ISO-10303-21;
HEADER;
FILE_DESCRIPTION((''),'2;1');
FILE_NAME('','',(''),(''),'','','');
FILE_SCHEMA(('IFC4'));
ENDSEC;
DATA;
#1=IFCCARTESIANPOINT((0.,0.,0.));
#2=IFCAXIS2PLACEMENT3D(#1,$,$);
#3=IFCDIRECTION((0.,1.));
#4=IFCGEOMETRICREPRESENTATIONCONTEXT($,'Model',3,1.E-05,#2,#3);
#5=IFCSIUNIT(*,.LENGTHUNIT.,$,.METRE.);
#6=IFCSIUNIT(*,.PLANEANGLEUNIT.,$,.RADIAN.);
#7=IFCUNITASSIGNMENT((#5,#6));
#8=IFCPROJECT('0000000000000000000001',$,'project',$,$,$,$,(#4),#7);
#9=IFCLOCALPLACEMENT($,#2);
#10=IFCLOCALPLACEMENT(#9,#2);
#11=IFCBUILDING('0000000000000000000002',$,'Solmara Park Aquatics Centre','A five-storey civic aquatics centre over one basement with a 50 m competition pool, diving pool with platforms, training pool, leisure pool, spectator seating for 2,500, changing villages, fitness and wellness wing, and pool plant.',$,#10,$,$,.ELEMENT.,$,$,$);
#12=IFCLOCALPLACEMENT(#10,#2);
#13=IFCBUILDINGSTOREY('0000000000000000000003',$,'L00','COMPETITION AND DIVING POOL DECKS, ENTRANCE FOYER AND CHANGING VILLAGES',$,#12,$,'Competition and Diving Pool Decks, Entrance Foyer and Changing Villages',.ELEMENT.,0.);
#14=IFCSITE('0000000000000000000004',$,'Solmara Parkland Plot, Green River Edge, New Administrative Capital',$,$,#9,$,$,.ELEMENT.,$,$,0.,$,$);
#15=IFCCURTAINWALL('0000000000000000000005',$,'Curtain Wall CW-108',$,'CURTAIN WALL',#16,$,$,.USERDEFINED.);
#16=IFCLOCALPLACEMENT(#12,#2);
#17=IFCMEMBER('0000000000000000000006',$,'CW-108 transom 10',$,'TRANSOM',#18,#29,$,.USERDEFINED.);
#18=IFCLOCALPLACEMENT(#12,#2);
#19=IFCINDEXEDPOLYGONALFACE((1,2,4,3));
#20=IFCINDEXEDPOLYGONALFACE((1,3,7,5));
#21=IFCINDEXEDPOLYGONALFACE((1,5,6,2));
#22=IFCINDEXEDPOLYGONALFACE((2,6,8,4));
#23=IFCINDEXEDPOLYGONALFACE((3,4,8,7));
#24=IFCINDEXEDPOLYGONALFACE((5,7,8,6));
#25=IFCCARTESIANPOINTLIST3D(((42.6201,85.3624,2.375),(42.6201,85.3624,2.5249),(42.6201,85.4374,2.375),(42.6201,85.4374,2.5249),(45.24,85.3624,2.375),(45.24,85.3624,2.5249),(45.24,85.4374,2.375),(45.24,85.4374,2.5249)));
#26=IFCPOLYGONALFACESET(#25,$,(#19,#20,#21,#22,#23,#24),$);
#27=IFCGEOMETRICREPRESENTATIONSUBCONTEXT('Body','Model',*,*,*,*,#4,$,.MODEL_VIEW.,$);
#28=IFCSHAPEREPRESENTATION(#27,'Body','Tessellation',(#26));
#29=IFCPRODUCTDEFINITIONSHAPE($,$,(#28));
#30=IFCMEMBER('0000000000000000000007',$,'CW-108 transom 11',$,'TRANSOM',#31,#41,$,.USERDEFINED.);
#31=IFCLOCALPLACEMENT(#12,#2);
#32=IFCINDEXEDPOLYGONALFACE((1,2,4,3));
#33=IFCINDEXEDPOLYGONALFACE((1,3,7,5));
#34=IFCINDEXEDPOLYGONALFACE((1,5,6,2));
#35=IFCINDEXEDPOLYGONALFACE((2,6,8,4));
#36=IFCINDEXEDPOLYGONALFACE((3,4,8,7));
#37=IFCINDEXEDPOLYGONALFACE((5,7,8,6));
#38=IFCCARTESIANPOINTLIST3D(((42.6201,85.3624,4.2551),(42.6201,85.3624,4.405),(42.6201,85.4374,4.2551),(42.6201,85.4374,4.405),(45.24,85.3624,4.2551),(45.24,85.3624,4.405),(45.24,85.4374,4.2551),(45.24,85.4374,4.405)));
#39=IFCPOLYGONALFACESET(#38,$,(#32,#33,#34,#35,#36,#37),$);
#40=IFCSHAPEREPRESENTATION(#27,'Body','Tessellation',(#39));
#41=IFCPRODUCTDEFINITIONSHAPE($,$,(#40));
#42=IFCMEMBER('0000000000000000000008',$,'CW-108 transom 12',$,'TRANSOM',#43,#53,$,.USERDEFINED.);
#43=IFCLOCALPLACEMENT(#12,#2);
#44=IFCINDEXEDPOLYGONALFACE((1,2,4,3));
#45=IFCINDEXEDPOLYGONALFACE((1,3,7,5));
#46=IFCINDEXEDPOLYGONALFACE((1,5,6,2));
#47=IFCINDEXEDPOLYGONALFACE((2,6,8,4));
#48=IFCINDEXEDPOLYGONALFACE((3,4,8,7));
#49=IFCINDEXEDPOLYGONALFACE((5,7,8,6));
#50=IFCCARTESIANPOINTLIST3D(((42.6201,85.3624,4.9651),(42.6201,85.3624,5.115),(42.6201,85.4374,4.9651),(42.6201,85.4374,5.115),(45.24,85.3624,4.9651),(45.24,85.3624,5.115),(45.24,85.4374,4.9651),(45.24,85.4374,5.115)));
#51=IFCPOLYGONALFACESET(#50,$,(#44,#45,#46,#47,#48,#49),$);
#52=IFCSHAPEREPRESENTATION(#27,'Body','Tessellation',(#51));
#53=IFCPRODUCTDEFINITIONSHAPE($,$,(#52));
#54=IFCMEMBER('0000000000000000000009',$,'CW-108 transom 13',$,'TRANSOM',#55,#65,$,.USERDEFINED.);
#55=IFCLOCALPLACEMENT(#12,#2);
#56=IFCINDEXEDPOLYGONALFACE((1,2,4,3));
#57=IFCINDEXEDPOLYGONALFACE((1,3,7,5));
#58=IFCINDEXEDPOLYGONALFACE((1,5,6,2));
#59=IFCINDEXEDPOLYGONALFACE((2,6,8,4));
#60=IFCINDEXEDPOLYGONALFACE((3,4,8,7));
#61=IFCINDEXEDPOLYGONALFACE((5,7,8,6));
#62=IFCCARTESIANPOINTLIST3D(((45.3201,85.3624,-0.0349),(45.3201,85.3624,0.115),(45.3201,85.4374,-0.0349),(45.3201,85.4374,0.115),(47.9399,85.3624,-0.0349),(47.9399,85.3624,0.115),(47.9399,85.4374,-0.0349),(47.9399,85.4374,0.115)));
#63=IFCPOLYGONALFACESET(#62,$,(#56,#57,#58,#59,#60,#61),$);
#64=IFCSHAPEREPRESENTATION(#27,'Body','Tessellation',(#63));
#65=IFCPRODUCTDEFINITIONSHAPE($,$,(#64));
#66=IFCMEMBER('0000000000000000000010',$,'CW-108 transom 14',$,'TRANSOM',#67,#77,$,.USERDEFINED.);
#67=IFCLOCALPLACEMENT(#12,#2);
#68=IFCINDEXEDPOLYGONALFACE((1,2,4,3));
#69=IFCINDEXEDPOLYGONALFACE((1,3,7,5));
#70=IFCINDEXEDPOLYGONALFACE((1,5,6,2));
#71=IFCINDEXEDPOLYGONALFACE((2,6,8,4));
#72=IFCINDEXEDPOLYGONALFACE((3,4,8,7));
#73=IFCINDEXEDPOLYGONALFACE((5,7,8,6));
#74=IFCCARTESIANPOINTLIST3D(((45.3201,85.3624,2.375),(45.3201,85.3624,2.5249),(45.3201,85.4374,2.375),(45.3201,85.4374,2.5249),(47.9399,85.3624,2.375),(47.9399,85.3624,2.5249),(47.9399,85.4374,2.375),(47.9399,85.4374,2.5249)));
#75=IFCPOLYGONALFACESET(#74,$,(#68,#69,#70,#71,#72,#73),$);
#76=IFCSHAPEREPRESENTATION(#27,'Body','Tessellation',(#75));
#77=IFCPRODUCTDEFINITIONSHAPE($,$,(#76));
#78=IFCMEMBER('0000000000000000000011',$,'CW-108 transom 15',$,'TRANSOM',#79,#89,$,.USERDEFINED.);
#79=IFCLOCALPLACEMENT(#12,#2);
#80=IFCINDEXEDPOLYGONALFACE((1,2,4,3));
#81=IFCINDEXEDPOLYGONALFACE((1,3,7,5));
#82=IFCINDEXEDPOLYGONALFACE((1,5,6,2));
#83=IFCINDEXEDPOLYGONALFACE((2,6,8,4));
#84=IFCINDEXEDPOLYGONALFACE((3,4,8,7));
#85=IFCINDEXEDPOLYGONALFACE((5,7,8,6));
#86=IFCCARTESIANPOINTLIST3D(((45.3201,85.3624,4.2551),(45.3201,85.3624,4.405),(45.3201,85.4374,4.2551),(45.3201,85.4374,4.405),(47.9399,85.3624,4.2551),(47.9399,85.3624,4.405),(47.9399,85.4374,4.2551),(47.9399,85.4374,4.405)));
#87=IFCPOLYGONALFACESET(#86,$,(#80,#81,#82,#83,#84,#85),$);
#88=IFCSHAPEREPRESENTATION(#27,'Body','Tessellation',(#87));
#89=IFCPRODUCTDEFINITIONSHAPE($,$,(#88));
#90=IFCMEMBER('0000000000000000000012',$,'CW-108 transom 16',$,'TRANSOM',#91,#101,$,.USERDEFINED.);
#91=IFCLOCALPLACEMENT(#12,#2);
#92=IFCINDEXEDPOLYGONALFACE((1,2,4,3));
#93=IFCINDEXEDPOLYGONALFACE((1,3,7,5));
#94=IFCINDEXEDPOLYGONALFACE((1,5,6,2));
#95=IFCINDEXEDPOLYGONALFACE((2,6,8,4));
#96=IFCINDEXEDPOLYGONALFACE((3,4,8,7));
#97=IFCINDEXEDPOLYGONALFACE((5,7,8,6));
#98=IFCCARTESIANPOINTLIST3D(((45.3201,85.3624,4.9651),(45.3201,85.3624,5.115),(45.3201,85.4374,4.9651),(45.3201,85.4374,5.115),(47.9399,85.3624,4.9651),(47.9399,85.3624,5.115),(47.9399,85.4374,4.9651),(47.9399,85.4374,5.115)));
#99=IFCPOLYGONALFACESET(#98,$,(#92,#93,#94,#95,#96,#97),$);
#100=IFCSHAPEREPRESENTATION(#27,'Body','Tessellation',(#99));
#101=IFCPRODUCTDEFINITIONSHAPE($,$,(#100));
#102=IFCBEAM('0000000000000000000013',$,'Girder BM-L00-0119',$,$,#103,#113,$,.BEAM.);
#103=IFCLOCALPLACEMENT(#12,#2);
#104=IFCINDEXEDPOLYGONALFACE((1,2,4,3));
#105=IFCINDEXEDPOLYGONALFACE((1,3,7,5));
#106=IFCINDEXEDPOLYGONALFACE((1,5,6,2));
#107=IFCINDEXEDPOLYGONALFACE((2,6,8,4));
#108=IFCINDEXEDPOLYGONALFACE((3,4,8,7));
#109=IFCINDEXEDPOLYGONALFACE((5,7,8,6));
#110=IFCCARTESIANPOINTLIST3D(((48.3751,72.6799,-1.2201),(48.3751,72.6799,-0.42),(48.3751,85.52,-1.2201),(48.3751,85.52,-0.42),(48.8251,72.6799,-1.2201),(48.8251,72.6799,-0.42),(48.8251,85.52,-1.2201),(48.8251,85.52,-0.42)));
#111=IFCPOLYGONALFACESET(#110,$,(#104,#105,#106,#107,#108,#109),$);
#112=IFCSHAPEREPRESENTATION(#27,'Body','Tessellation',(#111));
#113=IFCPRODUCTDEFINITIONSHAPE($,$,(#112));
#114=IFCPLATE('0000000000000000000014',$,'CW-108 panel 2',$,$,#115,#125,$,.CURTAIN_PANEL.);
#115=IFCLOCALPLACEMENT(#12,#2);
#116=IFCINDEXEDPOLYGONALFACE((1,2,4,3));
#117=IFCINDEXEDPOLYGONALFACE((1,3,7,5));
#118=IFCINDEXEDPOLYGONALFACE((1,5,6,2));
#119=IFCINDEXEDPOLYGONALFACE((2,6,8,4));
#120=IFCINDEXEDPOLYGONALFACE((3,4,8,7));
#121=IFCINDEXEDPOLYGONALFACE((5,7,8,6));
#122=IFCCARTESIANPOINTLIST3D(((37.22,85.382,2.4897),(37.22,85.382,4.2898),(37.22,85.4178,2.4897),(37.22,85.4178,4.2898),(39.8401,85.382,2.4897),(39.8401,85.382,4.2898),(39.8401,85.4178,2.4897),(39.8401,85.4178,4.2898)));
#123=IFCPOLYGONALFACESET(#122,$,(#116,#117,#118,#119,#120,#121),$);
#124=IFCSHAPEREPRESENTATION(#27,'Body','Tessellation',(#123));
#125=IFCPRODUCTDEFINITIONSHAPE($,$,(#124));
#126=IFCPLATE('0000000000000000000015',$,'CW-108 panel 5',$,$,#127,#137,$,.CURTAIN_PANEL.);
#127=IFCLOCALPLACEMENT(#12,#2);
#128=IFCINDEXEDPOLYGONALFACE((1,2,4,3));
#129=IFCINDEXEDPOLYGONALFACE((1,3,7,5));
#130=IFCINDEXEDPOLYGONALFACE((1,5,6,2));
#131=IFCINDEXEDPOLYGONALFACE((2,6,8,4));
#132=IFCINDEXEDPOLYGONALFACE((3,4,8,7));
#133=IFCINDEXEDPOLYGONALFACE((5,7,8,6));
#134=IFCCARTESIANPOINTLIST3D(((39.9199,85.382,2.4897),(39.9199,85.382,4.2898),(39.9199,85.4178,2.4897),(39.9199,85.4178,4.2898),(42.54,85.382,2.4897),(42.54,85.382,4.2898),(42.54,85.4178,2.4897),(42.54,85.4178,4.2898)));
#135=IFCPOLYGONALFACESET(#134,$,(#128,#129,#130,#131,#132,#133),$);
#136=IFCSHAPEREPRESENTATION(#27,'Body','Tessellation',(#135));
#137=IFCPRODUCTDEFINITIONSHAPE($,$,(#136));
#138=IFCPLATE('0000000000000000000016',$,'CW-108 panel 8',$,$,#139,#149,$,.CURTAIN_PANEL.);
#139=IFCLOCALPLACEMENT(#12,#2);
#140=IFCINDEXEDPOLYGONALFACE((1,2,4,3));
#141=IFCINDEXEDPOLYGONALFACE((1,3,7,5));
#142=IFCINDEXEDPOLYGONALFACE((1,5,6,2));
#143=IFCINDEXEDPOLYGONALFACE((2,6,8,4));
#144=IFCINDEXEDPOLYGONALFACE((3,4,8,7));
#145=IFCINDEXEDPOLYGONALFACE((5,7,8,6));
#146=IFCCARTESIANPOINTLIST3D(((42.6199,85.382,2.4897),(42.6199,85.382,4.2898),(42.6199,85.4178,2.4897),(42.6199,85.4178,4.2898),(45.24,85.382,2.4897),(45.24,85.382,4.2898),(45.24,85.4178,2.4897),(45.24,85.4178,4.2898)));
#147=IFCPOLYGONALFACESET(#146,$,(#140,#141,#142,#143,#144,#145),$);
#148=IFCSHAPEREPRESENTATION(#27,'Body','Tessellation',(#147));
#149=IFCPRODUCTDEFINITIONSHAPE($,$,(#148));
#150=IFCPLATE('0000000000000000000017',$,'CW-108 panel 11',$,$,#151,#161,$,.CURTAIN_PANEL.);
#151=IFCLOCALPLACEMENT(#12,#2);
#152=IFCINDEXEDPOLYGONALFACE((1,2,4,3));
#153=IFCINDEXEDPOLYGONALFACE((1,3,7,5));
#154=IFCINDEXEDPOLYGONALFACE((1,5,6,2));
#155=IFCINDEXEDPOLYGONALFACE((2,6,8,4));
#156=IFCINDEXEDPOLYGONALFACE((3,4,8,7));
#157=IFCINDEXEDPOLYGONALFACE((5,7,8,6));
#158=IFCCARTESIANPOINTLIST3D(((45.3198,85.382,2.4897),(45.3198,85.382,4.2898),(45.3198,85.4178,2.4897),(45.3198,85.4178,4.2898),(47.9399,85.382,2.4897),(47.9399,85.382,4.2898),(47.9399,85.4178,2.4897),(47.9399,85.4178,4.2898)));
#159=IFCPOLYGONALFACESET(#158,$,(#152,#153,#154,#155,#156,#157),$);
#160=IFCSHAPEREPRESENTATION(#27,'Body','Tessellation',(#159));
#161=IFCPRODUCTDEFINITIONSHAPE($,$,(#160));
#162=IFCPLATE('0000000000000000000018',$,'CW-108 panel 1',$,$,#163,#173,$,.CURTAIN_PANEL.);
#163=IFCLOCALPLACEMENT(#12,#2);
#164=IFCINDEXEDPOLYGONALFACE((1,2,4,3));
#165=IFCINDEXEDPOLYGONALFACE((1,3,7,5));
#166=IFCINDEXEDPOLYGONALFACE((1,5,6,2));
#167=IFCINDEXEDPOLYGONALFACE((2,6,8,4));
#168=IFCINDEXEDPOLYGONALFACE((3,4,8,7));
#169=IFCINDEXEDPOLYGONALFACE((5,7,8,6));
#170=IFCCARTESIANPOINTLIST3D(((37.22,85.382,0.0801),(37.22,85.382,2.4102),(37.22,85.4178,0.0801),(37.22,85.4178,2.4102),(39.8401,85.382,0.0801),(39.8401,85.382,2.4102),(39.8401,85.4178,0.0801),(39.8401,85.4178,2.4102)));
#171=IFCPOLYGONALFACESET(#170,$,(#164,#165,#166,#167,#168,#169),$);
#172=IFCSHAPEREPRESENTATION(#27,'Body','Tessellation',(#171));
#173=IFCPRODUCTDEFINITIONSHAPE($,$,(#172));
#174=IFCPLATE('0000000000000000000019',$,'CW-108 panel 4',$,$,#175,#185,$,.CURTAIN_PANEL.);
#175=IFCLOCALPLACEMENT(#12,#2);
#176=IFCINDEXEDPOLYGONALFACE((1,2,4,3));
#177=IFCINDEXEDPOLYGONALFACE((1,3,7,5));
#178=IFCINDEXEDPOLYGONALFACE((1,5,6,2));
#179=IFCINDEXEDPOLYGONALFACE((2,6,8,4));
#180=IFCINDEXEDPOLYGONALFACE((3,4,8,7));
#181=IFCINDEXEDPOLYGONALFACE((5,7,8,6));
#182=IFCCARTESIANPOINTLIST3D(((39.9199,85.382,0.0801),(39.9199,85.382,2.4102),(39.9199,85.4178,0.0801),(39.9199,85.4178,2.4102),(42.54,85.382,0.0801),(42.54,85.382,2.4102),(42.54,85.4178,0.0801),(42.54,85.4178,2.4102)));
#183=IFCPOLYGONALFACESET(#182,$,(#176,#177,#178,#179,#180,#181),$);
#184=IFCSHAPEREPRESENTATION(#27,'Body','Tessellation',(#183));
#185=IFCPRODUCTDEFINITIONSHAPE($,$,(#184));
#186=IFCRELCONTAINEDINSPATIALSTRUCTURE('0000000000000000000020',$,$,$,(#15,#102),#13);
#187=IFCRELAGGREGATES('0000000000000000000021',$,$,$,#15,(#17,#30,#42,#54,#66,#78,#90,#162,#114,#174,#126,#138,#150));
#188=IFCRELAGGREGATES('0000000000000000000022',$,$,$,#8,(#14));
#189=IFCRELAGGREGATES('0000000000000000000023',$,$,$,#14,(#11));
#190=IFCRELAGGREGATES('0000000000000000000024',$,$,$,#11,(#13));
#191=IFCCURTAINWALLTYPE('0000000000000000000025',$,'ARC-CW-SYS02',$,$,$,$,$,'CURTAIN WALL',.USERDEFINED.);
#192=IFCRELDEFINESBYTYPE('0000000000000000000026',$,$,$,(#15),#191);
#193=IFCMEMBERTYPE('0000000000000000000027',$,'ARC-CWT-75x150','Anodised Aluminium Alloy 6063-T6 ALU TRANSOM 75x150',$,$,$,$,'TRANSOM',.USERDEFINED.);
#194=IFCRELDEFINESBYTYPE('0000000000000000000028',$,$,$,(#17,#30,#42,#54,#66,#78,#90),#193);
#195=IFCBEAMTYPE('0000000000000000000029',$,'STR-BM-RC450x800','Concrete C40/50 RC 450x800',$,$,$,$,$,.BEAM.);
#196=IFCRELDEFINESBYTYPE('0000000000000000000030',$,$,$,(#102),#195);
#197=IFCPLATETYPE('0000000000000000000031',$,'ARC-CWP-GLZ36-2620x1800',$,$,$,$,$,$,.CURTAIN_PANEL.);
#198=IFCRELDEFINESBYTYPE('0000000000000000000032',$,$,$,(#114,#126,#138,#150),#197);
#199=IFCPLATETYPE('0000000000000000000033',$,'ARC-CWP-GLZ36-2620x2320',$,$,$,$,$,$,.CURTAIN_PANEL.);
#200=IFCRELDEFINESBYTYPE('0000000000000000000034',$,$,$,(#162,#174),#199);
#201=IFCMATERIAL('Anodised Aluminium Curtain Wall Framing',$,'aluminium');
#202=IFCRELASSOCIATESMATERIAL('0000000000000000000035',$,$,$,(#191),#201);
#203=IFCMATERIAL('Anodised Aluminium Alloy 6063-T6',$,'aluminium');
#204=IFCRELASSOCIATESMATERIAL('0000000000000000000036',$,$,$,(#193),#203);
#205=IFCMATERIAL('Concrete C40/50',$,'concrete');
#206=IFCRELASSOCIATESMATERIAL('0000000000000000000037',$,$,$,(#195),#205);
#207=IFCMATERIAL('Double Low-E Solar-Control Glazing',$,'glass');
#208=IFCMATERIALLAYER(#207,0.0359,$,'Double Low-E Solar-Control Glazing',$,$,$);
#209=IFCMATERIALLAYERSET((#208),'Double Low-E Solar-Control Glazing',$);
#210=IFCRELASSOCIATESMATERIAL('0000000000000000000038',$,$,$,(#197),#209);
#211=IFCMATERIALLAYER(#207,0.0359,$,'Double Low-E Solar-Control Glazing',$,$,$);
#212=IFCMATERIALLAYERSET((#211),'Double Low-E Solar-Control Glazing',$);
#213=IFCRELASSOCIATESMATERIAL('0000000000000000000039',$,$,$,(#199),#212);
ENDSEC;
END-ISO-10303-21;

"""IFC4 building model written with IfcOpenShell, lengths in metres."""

from ifc_helpers import new_model, si_unit, direction, frame, origin, origin_2d, place, context, subcontext, project, spatial, rectangle, extrude, material, layer, layer_set, material_profile, profile_set, type_object, element, aggregate, save


model = new_model("IFC4")

# Units and contexts
model_context = context("Model", 3, precision=1e-05, world=origin(), true_north=direction((0.0, 1.0)))
body_context = subcontext(model_context, "Body", "Model", "MODEL_VIEW")
ifc_project = project(units=[si_unit("LENGTHUNIT", "METRE"), si_unit("PLANEANGLEUNIT", "RADIAN")], contexts=[model_context])

# Site, building, storey
site_placement = place(None, origin())
site = spatial("IfcSite", under=ifc_project, at=site_placement, Name="Solmara Parkland Plot, Green River Edge, New Administrative Capital", CompositionType="ELEMENT", RefElevation=0.0)
building_placement = place(site_placement, origin())
building = spatial("IfcBuilding", under=site, at=building_placement, Name="Solmara Park Aquatics Centre", Description="A five-storey civic aquatics centre over one basement with a 50 m competition pool, diving pool with platforms, training pool, leisure pool, spectator seating for 2,500, changing villages, fitness and wellness wing, and pool plant.", CompositionType="ELEMENT")
storey_placement = place(building_placement, origin())
storey = spatial("IfcBuildingStorey", under=building, at=storey_placement, Name="L00", Description="COMPETITION AND DIVING POOL DECKS, ENTRANCE FOYER AND CHANGING VILLAGES", LongName="Competition and Diving Pool Decks, Entrance Foyer and Changing Villages", CompositionType="ELEMENT", Elevation=0.0)

# Shared definitions
ifc_material_1 = material(Name="Concrete C40/50", Category="concrete")

# Curtain wall, members
ifc_material_2 = material(Name="Anodised Aluminium Curtain Wall Framing", Category="aluminium")
curtain_wall_type = type_object("IfcCurtainWallType", Name="ARC-CW-SYS02", ElementType="CURTAIN WALL", PredefinedType="USERDEFINED", material=ifc_material_2)
curtain_wall_placement = place(storey_placement, origin())
curtain_wall = element("IfcCurtainWall", 1, at=curtain_wall_placement, inside=storey, type_object=curtain_wall_type, Name="Curtain Wall CW-108", ObjectType="CURTAIN WALL", PredefinedType="USERDEFINED")
ifc_material_3 = material(Name="Anodised Aluminium Alloy 6063-T6", Category="aluminium")
ifc_material_profile_1 = material_profile(ifc_material_3, rectangle(XDim=0.075, YDim=0.1499, at=origin_2d()), Name="ALU TRANSOM 75x150")
ifc_profile_set_1 = profile_set([ifc_material_profile_1], Name="Anodised Aluminium Alloy 6063-T6")
member_type_1 = type_object("IfcMemberType", Name="ARC-CWT-75x150", Description="Anodised Aluminium Alloy 6063-T6 ALU TRANSOM 75x150", ElementType="TRANSOM", PredefinedType="USERDEFINED", material=ifc_profile_set_1)
member_1_placement = place(storey_placement, frame((42.6201, 85.3999, 2.45), z_axis=(1.0, 0.0, 0.0), x_axis=(0.0, 1.0, 0.0)))
member_1 = element("IfcMember", 2, at=member_1_placement, type_object=member_type_1, Name="CW-108 transom 10", ObjectType="TRANSOM", PredefinedType="USERDEFINED", context=body_context, shape_type="SweptSolid", body=[
    extrude(rectangle(XDim=0.075, YDim=0.1499, at=origin_2d()), origin(), (0.0, 0.0, 1.0), 2.6199),
])
member_2_placement = place(storey_placement, frame((42.6201, 85.3999, 4.3301), z_axis=(1.0, 0.0, 0.0), x_axis=(0.0, 1.0, 0.0)))
member_2 = element("IfcMember", 3, at=member_2_placement, type_object=member_type_1, Name="CW-108 transom 11", ObjectType="TRANSOM", PredefinedType="USERDEFINED", context=body_context, shape_type="SweptSolid", body=[
    extrude(rectangle(XDim=0.075, YDim=0.1499, at=origin_2d()), origin(), (0.0, 0.0, 1.0), 2.6199),
])
member_3_placement = place(storey_placement, frame((42.6201, 85.3999, 5.04), z_axis=(1.0, 0.0, 0.0), x_axis=(0.0, 1.0, 0.0)))
member_3 = element("IfcMember", 4, at=member_3_placement, type_object=member_type_1, Name="CW-108 transom 12", ObjectType="TRANSOM", PredefinedType="USERDEFINED", context=body_context, shape_type="SweptSolid", body=[
    extrude(rectangle(XDim=0.075, YDim=0.1499, at=origin_2d()), origin(), (0.0, 0.0, 1.0), 2.6199),
])
member_4_placement = place(storey_placement, frame((45.3201, 85.3999, 0.04), z_axis=(1.0, 0.0, 0.0), x_axis=(0.0, 1.0, 0.0)))
member_4 = element("IfcMember", 5, at=member_4_placement, type_object=member_type_1, Name="CW-108 transom 13", ObjectType="TRANSOM", PredefinedType="USERDEFINED", context=body_context, shape_type="SweptSolid", body=[
    extrude(rectangle(XDim=0.075, YDim=0.1499, at=origin_2d()), origin(), (0.0, 0.0, 1.0), 2.6199),
])
member_5_placement = place(storey_placement, frame((45.3201, 85.3999, 2.45), z_axis=(1.0, 0.0, 0.0), x_axis=(0.0, 1.0, 0.0)))
member_5 = element("IfcMember", 6, at=member_5_placement, type_object=member_type_1, Name="CW-108 transom 14", ObjectType="TRANSOM", PredefinedType="USERDEFINED", context=body_context, shape_type="SweptSolid", body=[
    extrude(rectangle(XDim=0.075, YDim=0.1499, at=origin_2d()), origin(), (0.0, 0.0, 1.0), 2.6199),
])
member_6_placement = place(storey_placement, frame((45.3201, 85.3999, 4.3301), z_axis=(1.0, 0.0, 0.0), x_axis=(0.0, 1.0, 0.0)))
member_6 = element("IfcMember", 7, at=member_6_placement, type_object=member_type_1, Name="CW-108 transom 15", ObjectType="TRANSOM", PredefinedType="USERDEFINED", context=body_context, shape_type="SweptSolid", body=[
    extrude(rectangle(XDim=0.075, YDim=0.1499, at=origin_2d()), origin(), (0.0, 0.0, 1.0), 2.6199),
])
member_7_placement = place(storey_placement, frame((45.3201, 85.3999, 5.04), z_axis=(1.0, 0.0, 0.0), x_axis=(0.0, 1.0, 0.0)))
member_7 = element("IfcMember", 8, at=member_7_placement, type_object=member_type_1, Name="CW-108 transom 16", ObjectType="TRANSOM", PredefinedType="USERDEFINED", context=body_context, shape_type="SweptSolid", body=[
    extrude(rectangle(XDim=0.075, YDim=0.1499, at=origin_2d()), origin(), (0.0, 0.0, 1.0), 2.6199),
])

# Beam
ifc_material_profile_2 = material_profile(ifc_material_1, rectangle(XDim=0.45, YDim=0.8, at=origin_2d()), Name="RC 450x800")
ifc_profile_set_2 = profile_set([ifc_material_profile_2], Name="Concrete C40/50")
beam_type = type_object("IfcBeamType", Name="STR-BM-RC450x800", Description="Concrete C40/50 RC 450x800", PredefinedType="BEAM", material=ifc_profile_set_2)
beam_placement = place(storey_placement, frame((48.6001, 72.6799, -0.8201), z_axis=(0.0, 1.0, 0.0), x_axis=(-1.0, 0.0, 0.0)))
element("IfcBeam", 9, at=beam_placement, inside=storey, type_object=beam_type, Name="Girder BM-L00-0119", PredefinedType="BEAM", context=body_context, shape_type="SweptSolid", body=[
    extrude(rectangle(XDim=0.45, YDim=0.8, at=origin_2d()), origin(), (0.0, 0.0, 1.0), 12.8401),
])

# Plates
ifc_material_4 = material(Name="Double Low-E Solar-Control Glazing", Category="glass")
ifc_layer_1 = layer(ifc_material_4, 0.0359, Name="Double Low-E Solar-Control Glazing")
ifc_layer_set_1 = layer_set([ifc_layer_1], Name="Double Low-E Solar-Control Glazing")
plate_type_1 = type_object("IfcPlateType", Name="ARC-CWP-GLZ36-2620x1800", PredefinedType="CURTAIN_PANEL", material=ifc_layer_set_1)
plate_1_placement = place(storey_placement, frame((38.53, 85.3999, 2.4897), z_axis=(0.0, 0.0, 1.0), x_axis=(1.0, 0.0, 0.0)))
plate_1 = element("IfcPlate", 10, at=plate_1_placement, type_object=plate_type_1, Name="CW-108 panel 2", PredefinedType="CURTAIN_PANEL", context=body_context, shape_type="SweptSolid", body=[
    extrude(rectangle(XDim=2.6201, YDim=0.0359, at=origin_2d()), origin(), (0.0, 0.0, 1.0), 1.8),
])
plate_2_placement = place(storey_placement, frame((41.23, 85.3999, 2.4897), z_axis=(0.0, 0.0, 1.0), x_axis=(1.0, 0.0, 0.0)))
plate_2 = element("IfcPlate", 11, at=plate_2_placement, type_object=plate_type_1, Name="CW-108 panel 5", PredefinedType="CURTAIN_PANEL", context=body_context, shape_type="SweptSolid", body=[
    extrude(rectangle(XDim=2.6201, YDim=0.0359, at=origin_2d()), origin(), (0.0, 0.0, 1.0), 1.8),
])
plate_3_placement = place(storey_placement, frame((43.9299, 85.3999, 2.4897), z_axis=(0.0, 0.0, 1.0), x_axis=(1.0, 0.0, 0.0)))
plate_3 = element("IfcPlate", 12, at=plate_3_placement, type_object=plate_type_1, Name="CW-108 panel 8", PredefinedType="CURTAIN_PANEL", context=body_context, shape_type="SweptSolid", body=[
    extrude(rectangle(XDim=2.6201, YDim=0.0359, at=origin_2d()), origin(), (0.0, 0.0, 1.0), 1.8),
])
plate_4_placement = place(storey_placement, frame((46.6299, 85.3999, 2.4897), z_axis=(0.0, 0.0, 1.0), x_axis=(1.0, 0.0, 0.0)))
plate_4 = element("IfcPlate", 13, at=plate_4_placement, type_object=plate_type_1, Name="CW-108 panel 11", PredefinedType="CURTAIN_PANEL", context=body_context, shape_type="SweptSolid", body=[
    extrude(rectangle(XDim=2.6201, YDim=0.0359, at=origin_2d()), origin(), (0.0, 0.0, 1.0), 1.8),
])
ifc_layer_2 = layer(ifc_material_4, 0.0359, Name="Double Low-E Solar-Control Glazing")
ifc_layer_set_2 = layer_set([ifc_layer_2], Name="Double Low-E Solar-Control Glazing")
plate_type_2 = type_object("IfcPlateType", Name="ARC-CWP-GLZ36-2620x2320", PredefinedType="CURTAIN_PANEL", material=ifc_layer_set_2)
plate_5_placement = place(storey_placement, frame((38.53, 85.3999, 0.0801), z_axis=(0.0, 0.0, 1.0), x_axis=(1.0, 0.0, 0.0)))
plate_5 = element("IfcPlate", 14, at=plate_5_placement, type_object=plate_type_2, Name="CW-108 panel 1", PredefinedType="CURTAIN_PANEL", context=body_context, shape_type="SweptSolid", body=[
    extrude(rectangle(XDim=2.6201, YDim=0.0359, at=origin_2d()), origin(), (0.0, 0.0, 1.0), 2.3301),
])
plate_6_placement = place(storey_placement, frame((41.23, 85.3999, 0.0801), z_axis=(0.0, 0.0, 1.0), x_axis=(1.0, 0.0, 0.0)))
plate_6 = element("IfcPlate", 15, at=plate_6_placement, type_object=plate_type_2, Name="CW-108 panel 4", PredefinedType="CURTAIN_PANEL", context=body_context, shape_type="SweptSolid", body=[
    extrude(rectangle(XDim=2.6201, YDim=0.0359, at=origin_2d()), origin(), (0.0, 0.0, 1.0), 2.3301),
])
aggregate(curtain_wall, [member_1, member_2, member_3, member_4, member_5, member_6, member_7, plate_5, plate_1, plate_6, plate_2, plate_3, plate_4])

save(model, "model.ifc")
